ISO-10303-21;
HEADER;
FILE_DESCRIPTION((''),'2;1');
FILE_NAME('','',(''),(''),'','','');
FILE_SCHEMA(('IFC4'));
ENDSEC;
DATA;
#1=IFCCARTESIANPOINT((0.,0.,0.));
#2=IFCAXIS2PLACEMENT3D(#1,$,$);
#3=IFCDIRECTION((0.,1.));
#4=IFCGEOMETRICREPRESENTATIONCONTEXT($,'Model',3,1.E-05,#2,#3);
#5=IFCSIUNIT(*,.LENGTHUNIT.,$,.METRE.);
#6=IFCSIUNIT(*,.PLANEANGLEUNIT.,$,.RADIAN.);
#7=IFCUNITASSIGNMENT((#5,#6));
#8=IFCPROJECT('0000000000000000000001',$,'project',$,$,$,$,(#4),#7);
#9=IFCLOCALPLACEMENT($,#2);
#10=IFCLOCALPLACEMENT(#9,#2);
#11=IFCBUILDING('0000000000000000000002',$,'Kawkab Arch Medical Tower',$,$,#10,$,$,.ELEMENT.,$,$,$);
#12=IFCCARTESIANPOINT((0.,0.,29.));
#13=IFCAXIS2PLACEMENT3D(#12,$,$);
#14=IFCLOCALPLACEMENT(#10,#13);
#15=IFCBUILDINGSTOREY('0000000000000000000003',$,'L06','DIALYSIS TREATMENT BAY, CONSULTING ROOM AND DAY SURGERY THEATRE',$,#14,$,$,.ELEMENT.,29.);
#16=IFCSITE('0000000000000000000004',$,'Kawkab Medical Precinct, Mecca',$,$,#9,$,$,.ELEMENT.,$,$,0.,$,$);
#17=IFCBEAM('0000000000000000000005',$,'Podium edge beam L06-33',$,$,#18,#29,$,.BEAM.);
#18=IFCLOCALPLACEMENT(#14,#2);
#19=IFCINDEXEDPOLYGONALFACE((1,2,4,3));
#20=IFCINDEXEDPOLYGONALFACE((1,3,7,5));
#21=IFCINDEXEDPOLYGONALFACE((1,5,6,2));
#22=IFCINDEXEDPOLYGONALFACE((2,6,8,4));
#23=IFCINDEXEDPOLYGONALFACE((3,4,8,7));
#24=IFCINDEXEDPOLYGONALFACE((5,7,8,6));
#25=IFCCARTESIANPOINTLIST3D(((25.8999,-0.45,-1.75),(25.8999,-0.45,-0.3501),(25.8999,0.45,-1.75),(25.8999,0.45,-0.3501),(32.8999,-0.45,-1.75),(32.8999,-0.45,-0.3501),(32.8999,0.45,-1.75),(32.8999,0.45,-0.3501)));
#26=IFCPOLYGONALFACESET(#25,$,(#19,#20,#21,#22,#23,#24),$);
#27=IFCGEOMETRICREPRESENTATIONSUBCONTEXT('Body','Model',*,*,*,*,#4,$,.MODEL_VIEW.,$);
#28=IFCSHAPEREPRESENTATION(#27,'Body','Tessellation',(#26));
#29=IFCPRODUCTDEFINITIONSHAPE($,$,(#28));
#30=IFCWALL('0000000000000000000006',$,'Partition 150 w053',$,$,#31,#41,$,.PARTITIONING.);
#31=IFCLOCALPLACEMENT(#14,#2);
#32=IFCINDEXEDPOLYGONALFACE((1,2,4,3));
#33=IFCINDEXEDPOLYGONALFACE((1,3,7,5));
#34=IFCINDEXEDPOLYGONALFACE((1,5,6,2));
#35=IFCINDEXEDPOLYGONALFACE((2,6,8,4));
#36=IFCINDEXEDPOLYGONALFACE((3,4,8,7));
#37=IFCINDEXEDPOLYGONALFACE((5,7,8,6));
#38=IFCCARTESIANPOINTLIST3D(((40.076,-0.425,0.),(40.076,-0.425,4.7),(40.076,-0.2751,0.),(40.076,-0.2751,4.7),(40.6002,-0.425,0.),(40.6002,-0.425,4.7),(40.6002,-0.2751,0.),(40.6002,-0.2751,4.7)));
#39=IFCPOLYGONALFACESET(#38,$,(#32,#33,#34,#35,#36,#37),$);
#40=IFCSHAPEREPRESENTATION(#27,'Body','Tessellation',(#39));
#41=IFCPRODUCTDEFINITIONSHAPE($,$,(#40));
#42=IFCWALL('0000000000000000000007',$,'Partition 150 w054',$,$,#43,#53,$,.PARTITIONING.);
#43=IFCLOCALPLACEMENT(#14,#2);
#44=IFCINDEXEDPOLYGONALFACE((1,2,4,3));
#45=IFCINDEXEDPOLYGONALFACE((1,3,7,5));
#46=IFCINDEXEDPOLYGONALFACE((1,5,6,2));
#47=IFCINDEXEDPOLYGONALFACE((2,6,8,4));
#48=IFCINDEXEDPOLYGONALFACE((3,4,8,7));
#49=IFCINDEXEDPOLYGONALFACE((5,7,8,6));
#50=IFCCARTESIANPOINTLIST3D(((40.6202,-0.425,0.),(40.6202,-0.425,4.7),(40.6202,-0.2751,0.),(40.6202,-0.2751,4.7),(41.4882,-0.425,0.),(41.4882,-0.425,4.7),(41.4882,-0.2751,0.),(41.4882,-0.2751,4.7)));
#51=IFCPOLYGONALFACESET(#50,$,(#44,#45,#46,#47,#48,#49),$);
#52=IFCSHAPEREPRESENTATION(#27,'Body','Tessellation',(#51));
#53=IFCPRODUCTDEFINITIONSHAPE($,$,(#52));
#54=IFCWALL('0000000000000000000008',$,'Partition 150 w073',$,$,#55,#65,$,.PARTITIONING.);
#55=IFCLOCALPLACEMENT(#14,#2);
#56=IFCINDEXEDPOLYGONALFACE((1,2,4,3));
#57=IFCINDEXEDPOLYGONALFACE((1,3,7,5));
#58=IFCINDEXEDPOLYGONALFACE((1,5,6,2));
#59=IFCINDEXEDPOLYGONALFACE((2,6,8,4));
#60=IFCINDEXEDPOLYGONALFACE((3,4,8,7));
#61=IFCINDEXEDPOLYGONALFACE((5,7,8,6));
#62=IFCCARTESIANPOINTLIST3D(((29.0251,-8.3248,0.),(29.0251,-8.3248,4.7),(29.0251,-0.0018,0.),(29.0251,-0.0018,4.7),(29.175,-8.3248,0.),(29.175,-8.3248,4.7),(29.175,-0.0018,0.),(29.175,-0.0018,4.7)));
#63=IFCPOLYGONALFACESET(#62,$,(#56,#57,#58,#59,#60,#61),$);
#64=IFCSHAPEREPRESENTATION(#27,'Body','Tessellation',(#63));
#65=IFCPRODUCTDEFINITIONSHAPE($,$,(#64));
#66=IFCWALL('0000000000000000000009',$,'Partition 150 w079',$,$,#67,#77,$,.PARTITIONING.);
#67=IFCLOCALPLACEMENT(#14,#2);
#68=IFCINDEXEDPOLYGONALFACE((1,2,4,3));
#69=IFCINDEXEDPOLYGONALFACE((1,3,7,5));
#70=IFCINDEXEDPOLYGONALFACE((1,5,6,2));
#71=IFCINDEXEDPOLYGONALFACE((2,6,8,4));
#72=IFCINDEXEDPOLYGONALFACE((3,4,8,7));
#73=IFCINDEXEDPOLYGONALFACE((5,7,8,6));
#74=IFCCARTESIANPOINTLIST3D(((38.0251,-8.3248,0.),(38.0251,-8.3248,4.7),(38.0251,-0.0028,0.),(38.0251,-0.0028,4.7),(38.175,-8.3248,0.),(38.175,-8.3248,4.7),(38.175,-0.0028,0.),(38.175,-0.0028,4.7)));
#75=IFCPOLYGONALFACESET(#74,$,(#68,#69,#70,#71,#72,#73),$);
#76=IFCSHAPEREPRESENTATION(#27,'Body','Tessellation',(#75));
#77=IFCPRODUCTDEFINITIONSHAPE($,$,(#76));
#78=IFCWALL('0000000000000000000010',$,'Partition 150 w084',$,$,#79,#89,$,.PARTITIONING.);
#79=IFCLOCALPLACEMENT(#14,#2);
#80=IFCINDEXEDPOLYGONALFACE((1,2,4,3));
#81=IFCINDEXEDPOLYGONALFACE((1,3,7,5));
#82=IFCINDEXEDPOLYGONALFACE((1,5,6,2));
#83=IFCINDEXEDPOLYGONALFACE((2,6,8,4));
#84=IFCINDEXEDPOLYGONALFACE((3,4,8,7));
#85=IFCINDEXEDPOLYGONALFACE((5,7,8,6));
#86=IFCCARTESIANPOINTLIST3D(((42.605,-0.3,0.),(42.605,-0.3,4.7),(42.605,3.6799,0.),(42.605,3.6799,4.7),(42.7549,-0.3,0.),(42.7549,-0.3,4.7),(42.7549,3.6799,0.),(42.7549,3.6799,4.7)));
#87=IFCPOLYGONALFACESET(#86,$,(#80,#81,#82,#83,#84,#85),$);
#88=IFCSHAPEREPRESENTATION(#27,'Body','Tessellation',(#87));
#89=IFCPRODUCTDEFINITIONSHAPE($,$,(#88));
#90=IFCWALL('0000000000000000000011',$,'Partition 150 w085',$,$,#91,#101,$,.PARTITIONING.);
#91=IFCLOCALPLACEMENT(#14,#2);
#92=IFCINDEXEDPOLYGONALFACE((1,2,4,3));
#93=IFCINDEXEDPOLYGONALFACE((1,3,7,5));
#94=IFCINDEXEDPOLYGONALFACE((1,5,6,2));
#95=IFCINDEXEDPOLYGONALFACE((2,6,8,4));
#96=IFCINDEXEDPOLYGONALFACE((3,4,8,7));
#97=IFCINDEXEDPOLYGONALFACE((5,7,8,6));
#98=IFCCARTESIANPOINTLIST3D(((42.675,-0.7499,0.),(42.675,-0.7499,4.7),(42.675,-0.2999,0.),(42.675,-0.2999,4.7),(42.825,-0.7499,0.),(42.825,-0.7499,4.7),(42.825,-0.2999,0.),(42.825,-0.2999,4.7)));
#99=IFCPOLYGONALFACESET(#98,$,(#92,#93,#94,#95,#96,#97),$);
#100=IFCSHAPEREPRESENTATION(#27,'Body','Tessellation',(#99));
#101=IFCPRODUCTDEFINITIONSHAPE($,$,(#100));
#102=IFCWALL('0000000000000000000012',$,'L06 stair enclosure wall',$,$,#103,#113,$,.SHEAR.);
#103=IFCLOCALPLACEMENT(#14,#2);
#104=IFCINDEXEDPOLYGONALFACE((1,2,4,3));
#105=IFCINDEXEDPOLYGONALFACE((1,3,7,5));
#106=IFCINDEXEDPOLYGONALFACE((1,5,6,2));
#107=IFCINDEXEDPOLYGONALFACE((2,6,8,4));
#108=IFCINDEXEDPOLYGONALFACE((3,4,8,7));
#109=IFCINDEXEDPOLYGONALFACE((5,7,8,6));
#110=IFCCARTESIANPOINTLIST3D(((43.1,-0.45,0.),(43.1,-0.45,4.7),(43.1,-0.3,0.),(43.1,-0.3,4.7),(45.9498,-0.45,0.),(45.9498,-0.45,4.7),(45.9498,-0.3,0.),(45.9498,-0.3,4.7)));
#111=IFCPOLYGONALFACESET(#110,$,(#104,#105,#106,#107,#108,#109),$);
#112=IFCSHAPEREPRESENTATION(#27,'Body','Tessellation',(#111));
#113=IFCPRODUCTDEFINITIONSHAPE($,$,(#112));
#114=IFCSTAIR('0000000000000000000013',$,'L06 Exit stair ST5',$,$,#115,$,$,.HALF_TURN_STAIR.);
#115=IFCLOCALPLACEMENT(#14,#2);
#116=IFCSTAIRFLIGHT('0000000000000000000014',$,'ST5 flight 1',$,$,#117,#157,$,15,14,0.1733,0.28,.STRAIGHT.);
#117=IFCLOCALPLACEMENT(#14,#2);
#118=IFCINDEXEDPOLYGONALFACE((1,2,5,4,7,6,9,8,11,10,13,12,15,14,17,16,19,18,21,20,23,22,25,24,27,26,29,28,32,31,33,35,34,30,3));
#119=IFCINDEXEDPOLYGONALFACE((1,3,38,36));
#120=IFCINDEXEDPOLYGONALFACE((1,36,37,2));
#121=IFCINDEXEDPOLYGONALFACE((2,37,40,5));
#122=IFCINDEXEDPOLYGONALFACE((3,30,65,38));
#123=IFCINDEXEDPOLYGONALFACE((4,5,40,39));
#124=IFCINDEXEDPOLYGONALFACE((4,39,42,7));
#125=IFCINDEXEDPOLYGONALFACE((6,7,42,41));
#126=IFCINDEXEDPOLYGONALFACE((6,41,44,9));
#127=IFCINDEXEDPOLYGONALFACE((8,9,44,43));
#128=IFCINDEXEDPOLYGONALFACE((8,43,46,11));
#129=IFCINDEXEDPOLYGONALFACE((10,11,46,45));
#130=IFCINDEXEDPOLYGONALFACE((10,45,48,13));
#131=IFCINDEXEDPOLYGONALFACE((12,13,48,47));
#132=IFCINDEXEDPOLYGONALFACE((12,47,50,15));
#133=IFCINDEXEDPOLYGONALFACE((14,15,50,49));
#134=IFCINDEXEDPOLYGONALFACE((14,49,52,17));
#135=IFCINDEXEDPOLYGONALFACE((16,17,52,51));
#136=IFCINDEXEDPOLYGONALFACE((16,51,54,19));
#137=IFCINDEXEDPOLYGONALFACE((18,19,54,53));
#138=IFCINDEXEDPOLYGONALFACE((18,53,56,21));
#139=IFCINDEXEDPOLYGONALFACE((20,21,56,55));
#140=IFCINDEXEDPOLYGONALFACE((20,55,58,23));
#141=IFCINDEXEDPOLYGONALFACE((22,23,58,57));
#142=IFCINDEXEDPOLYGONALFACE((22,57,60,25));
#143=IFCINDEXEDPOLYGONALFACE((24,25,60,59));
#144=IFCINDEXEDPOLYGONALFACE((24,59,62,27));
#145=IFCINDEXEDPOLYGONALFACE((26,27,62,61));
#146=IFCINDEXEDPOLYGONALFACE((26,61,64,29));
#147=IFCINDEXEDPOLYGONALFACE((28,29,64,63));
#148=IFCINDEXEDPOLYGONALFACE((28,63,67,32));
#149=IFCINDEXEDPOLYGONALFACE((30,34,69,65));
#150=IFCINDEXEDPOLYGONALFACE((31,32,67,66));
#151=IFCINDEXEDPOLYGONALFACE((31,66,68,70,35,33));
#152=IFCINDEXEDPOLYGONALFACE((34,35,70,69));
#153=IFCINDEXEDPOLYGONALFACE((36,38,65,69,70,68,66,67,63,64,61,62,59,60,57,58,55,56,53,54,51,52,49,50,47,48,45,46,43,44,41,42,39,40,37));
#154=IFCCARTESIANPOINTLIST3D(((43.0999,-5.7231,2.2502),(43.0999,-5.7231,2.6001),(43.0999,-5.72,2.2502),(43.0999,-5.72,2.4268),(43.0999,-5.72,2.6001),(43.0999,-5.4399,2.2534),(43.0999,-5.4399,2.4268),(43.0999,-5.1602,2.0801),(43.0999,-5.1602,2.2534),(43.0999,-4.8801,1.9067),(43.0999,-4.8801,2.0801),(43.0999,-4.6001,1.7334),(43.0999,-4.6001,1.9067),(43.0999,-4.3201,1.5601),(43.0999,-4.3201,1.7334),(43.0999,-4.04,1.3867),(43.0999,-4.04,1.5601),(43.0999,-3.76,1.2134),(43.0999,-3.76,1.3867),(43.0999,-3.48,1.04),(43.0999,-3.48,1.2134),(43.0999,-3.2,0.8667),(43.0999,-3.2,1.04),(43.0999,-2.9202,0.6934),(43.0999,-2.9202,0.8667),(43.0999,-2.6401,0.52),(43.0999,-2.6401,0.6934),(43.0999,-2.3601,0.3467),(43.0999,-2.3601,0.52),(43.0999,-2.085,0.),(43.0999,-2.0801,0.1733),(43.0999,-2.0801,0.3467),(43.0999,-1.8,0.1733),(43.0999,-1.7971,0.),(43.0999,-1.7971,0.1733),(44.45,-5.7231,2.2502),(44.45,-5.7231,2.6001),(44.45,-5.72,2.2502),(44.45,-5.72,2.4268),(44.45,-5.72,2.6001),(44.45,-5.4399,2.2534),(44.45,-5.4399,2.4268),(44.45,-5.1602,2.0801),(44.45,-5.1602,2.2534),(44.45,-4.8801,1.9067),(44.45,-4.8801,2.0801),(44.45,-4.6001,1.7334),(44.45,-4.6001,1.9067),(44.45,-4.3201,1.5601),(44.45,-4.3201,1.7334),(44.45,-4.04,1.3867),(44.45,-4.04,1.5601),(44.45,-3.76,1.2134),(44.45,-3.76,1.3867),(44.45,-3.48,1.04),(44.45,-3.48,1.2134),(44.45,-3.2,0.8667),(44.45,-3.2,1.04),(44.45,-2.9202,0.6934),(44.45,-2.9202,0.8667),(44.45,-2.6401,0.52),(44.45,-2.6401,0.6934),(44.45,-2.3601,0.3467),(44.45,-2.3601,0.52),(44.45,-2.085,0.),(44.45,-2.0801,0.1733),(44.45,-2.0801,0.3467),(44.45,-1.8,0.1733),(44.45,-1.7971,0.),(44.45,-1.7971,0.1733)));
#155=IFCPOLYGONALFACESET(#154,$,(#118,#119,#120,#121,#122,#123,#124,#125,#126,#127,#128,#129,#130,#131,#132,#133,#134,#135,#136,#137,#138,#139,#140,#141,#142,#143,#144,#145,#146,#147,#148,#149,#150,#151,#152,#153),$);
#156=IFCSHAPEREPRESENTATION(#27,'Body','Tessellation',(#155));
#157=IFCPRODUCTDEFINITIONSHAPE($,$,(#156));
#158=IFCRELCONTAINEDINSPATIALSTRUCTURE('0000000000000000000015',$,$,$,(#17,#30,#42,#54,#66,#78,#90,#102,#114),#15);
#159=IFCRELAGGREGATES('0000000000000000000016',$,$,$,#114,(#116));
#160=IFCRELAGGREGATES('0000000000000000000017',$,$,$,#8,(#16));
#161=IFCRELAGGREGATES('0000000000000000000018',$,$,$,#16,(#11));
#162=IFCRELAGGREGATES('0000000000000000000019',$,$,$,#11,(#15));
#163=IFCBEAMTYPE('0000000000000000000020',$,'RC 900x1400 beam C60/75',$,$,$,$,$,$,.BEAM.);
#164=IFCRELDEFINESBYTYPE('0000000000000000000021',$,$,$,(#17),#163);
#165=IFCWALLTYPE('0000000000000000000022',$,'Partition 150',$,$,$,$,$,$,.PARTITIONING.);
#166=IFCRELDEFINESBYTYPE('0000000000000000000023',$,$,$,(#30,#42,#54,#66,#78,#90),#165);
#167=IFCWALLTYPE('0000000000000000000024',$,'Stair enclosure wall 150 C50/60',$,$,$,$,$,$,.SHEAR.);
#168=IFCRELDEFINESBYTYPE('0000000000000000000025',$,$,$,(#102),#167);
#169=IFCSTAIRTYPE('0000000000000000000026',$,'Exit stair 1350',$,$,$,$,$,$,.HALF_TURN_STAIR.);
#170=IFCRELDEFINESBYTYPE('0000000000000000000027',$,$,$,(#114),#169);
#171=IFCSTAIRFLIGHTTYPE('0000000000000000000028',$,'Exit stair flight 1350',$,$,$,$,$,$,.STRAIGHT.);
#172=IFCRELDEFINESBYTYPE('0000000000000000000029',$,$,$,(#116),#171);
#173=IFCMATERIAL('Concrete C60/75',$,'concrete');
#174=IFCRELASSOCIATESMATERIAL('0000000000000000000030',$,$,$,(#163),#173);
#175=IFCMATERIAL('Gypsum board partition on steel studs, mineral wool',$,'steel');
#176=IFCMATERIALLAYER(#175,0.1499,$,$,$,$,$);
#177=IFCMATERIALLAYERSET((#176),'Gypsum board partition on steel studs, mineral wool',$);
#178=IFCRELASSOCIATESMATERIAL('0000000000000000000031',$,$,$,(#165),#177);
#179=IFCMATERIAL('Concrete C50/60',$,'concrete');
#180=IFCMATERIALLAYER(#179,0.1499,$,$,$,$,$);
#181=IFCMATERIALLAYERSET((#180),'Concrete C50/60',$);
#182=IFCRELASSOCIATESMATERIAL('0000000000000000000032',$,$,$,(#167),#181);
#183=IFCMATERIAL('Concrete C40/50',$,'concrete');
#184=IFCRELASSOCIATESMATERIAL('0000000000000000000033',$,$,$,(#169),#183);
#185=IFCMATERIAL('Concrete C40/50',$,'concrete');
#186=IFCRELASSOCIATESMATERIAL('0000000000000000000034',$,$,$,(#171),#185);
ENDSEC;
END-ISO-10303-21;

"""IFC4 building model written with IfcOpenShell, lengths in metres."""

from ifc_helpers import new_model, si_unit, direction, frame, frame_2d, origin, origin_2d, place, context, subcontext, project, spatial, polyline, rectangle, outline, extrude, material, layer, layer_set, material_profile, profile_set, type_object, element, aggregate, save


model = new_model("IFC4")

# Units and contexts
model_context = context("Model", 3, precision=1e-05, world=origin(), true_north=direction((0.0, 1.0)))
body_context = subcontext(model_context, "Body", "Model", "MODEL_VIEW")
ifc_project = project(units=[si_unit("LENGTHUNIT", "METRE"), si_unit("PLANEANGLEUNIT", "RADIAN")], contexts=[model_context])

# Site, building, storey
site_placement = place(None, origin())
site = spatial("IfcSite", under=ifc_project, at=site_placement, Name="Kawkab Medical Precinct, Mecca", CompositionType="ELEMENT", RefElevation=0.0)
building_placement = place(site_placement, origin())
building = spatial("IfcBuilding", under=site, at=building_placement, Name="Kawkab Arch Medical Tower", CompositionType="ELEMENT")
storey_placement = place(building_placement, frame((0.0, 0.0, 29.0)))
storey = spatial("IfcBuildingStorey", under=building, at=storey_placement, Name="L06", Description="DIALYSIS TREATMENT BAY, CONSULTING ROOM AND DAY SURGERY THEATRE", CompositionType="ELEMENT", Elevation=29.0)

# Beam
ifc_material_1 = material(Name="Concrete C60/75", Category="concrete")
ifc_material_profile = material_profile(ifc_material_1, rectangle(XDim=0.8999, YDim=1.3999, at=origin_2d()), Name="RC 900x1400")
ifc_profile_set = profile_set([ifc_material_profile], Name="Concrete C60/75")
beam_type = type_object("IfcBeamType", Name="RC 900x1400 beam C60/75", PredefinedType="BEAM", material=ifc_profile_set)
beam_placement = place(storey_placement, frame((32.8999, 0.0, -1.05), z_axis=(-1.0, 0.0, 0.0), x_axis=(0.0, -1.0, 0.0)))
element("IfcBeam", 1, at=beam_placement, inside=storey, type_object=beam_type, Name="Podium edge beam L06-33", PredefinedType="BEAM", context=body_context, shape_type="SweptSolid", body=[
    extrude(rectangle(XDim=0.8999, YDim=1.3999, at=origin_2d()), origin(), (0.0, 0.0, 1.0), 7.0),
])

# Walls
ifc_material_2 = material(Name="Gypsum board partition on steel studs, mineral wool", Category="steel")
ifc_layer_1 = layer(ifc_material_2, 0.1499)
ifc_layer_set_1 = layer_set([ifc_layer_1], Name="Gypsum board partition on steel studs, mineral wool")
wall_type_1 = type_object("IfcWallType", Name="Partition 150", PredefinedType="PARTITIONING", material=ifc_layer_set_1)
wall_1_placement = place(storey_placement, frame((40.0759, -0.3501, 0.0), z_axis=(0.0, 0.0, 1.0), x_axis=(1.0, 0.0, 0.0)))
element("IfcWall", 2, at=wall_1_placement, inside=storey, type_object=wall_type_1, Name="Partition 150 w053", PredefinedType="PARTITIONING", context=body_context, shape_type="SweptSolid", body=[
    extrude(rectangle(XDim=0.5242, YDim=0.1499, at=frame_2d((0.2622, 0.0))), origin(), (0.0, 0.0, 1.0), 4.7),
])
wall_2_placement = place(storey_placement, frame((40.6201, -0.3501, 0.0), z_axis=(0.0, 0.0, 1.0), x_axis=(1.0, 0.0, 0.0)))
element("IfcWall", 3, at=wall_2_placement, inside=storey, type_object=wall_type_1, Name="Partition 150 w054", PredefinedType="PARTITIONING", context=body_context, shape_type="SweptSolid", body=[
    extrude(rectangle(XDim=0.8679, YDim=0.1499, at=frame_2d((0.4341, 0.0))), origin(), (0.0, 0.0, 1.0), 4.7),
])
wall_3_placement = place(storey_placement, frame((29.1001, -8.325, 0.0), z_axis=(0.0, 0.0, 1.0), x_axis=(0.0, 1.0, 0.0)))
element("IfcWall", 4, at=wall_3_placement, inside=storey, type_object=wall_type_1, Name="Partition 150 w073", PredefinedType="PARTITIONING", context=body_context, shape_type="SweptSolid", body=[
    extrude(rectangle(XDim=8.323, YDim=0.1499, at=frame_2d((4.1616, 0.0))), origin(), (0.0, 0.0, 1.0), 4.7),
])
wall_4_placement = place(storey_placement, frame((38.1001, -8.325, 0.0), z_axis=(0.0, 0.0, 1.0), x_axis=(0.0, 1.0, 0.0)))
element("IfcWall", 5, at=wall_4_placement, inside=storey, type_object=wall_type_1, Name="Partition 150 w079", PredefinedType="PARTITIONING", context=body_context, shape_type="SweptSolid", body=[
    extrude(rectangle(XDim=8.322, YDim=0.1499, at=frame_2d((4.1611, 0.0))), origin(), (0.0, 0.0, 1.0), 4.7),
])
wall_5_placement = place(storey_placement, frame((42.6799, -0.3, 0.0), z_axis=(0.0, 0.0, 1.0), x_axis=(0.0, 1.0, 0.0)))
element("IfcWall", 6, at=wall_5_placement, inside=storey, type_object=wall_type_1, Name="Partition 150 w084", PredefinedType="PARTITIONING", context=body_context, shape_type="SweptSolid", body=[
    extrude(rectangle(XDim=3.98, YDim=0.1499, at=frame_2d((1.99, 0.0))), origin(), (0.0, 0.0, 1.0), 4.7),
])
wall_6_placement = place(storey_placement, frame((42.75, -0.75, 0.0), z_axis=(0.0, 0.0, 1.0), x_axis=(0.0, 1.0, 0.0)))
element("IfcWall", 7, at=wall_6_placement, inside=storey, type_object=wall_type_1, Name="Partition 150 w085", PredefinedType="PARTITIONING", context=body_context, shape_type="SweptSolid", body=[
    extrude(rectangle(XDim=0.45, YDim=0.1499, at=frame_2d((0.2251, 0.0))), origin(), (0.0, 0.0, 1.0), 4.7),
])
ifc_material_3 = material(Name="Concrete C50/60", Category="concrete")
ifc_layer_2 = layer(ifc_material_3, 0.1499)
ifc_layer_set_2 = layer_set([ifc_layer_2], Name="Concrete C50/60")
wall_type_2 = type_object("IfcWallType", Name="Stair enclosure wall 150 C50/60", PredefinedType="SHEAR", material=ifc_layer_set_2)
wall_7_placement = place(storey_placement, frame((43.1001, -0.375, 0.0), z_axis=(0.0, 0.0, 1.0), x_axis=(1.0, 0.0, 0.0)))
element("IfcWall", 8, at=wall_7_placement, inside=storey, type_object=wall_type_2, Name="L06 stair enclosure wall", PredefinedType="SHEAR", context=body_context, shape_type="SweptSolid", body=[
    extrude(rectangle(XDim=2.8499, YDim=0.1499, at=frame_2d((1.4248, 0.0))), origin(), (0.0, 0.0, 1.0), 4.7),
])

# Stair, stair flight
ifc_material_4 = material(Name="Concrete C40/50", Category="concrete")
stair_type = type_object("IfcStairType", Name="Exit stair 1350", PredefinedType="HALF_TURN_STAIR", material=ifc_material_4)
stair_placement = place(storey_placement, origin())
stair = element("IfcStair", 9, at=stair_placement, inside=storey, type_object=stair_type, Name="L06 Exit stair ST5", PredefinedType="HALF_TURN_STAIR")
ifc_material_5 = material(Name="Concrete C40/50", Category="concrete")
stair_flight_type = type_object("IfcStairFlightType", Name="Exit stair flight 1350", PredefinedType="STRAIGHT", material=ifc_material_5)
stair_flight_placement = place(storey_placement, frame((43.7749, -1.8, 0.0), z_axis=(0.0, 0.0, 1.0), x_axis=(0.0, -1.0, 0.0)))
stair_flight = element("IfcStairFlight", 10, at=stair_flight_placement, type_object=stair_flight_type, Name="ST5 flight 1", NumberOfRisers=15, NumberOfTreads=14, PredefinedType="STRAIGHT", RiserHeight=0.1733, TreadLength=0.28, context=body_context, shape_type="SweptSolid", body=[
    extrude(outline(polyline([(-0.0029, 0.0), (-0.0029, 0.1733), (0.0, 0.1733), (0.28, 0.1733), (0.28, 0.3467), (0.5601, 0.3467), (0.5601, 0.52), (0.8401, 0.52), (0.8401, 0.6934), (1.1201, 0.6934), (1.1201, 0.8667), (1.3999, 0.8667), (1.3999, 1.04), (1.6799, 1.04), (1.6799, 1.2134), (1.96, 1.2134), (1.96, 1.3867), (2.24, 1.3867), (2.24, 1.5601), (2.52, 1.5601), (2.52, 1.7334), (2.8, 1.7334), (2.8, 1.9067), (3.0801, 1.9067), (3.0801, 2.0801), (3.3601, 2.0801), (3.3601, 2.2534), (3.6399, 2.2534), (3.6399, 2.4268), (3.9199, 2.4268), (3.9199, 2.6001), (3.9231, 2.6001), (3.9231, 2.2502), (3.9199, 2.2502), (0.2849, 0.0), (-0.0029, 0.0)])), frame((0.0, 0.675, 0.0), z_axis=(0.0, -1.0, 0.0), x_axis=(1.0, 0.0, 0.0)), (0.0, 0.0, 1.0), 1.3501),
])
aggregate(stair, [stair_flight])

save(model, "model.ifc")
